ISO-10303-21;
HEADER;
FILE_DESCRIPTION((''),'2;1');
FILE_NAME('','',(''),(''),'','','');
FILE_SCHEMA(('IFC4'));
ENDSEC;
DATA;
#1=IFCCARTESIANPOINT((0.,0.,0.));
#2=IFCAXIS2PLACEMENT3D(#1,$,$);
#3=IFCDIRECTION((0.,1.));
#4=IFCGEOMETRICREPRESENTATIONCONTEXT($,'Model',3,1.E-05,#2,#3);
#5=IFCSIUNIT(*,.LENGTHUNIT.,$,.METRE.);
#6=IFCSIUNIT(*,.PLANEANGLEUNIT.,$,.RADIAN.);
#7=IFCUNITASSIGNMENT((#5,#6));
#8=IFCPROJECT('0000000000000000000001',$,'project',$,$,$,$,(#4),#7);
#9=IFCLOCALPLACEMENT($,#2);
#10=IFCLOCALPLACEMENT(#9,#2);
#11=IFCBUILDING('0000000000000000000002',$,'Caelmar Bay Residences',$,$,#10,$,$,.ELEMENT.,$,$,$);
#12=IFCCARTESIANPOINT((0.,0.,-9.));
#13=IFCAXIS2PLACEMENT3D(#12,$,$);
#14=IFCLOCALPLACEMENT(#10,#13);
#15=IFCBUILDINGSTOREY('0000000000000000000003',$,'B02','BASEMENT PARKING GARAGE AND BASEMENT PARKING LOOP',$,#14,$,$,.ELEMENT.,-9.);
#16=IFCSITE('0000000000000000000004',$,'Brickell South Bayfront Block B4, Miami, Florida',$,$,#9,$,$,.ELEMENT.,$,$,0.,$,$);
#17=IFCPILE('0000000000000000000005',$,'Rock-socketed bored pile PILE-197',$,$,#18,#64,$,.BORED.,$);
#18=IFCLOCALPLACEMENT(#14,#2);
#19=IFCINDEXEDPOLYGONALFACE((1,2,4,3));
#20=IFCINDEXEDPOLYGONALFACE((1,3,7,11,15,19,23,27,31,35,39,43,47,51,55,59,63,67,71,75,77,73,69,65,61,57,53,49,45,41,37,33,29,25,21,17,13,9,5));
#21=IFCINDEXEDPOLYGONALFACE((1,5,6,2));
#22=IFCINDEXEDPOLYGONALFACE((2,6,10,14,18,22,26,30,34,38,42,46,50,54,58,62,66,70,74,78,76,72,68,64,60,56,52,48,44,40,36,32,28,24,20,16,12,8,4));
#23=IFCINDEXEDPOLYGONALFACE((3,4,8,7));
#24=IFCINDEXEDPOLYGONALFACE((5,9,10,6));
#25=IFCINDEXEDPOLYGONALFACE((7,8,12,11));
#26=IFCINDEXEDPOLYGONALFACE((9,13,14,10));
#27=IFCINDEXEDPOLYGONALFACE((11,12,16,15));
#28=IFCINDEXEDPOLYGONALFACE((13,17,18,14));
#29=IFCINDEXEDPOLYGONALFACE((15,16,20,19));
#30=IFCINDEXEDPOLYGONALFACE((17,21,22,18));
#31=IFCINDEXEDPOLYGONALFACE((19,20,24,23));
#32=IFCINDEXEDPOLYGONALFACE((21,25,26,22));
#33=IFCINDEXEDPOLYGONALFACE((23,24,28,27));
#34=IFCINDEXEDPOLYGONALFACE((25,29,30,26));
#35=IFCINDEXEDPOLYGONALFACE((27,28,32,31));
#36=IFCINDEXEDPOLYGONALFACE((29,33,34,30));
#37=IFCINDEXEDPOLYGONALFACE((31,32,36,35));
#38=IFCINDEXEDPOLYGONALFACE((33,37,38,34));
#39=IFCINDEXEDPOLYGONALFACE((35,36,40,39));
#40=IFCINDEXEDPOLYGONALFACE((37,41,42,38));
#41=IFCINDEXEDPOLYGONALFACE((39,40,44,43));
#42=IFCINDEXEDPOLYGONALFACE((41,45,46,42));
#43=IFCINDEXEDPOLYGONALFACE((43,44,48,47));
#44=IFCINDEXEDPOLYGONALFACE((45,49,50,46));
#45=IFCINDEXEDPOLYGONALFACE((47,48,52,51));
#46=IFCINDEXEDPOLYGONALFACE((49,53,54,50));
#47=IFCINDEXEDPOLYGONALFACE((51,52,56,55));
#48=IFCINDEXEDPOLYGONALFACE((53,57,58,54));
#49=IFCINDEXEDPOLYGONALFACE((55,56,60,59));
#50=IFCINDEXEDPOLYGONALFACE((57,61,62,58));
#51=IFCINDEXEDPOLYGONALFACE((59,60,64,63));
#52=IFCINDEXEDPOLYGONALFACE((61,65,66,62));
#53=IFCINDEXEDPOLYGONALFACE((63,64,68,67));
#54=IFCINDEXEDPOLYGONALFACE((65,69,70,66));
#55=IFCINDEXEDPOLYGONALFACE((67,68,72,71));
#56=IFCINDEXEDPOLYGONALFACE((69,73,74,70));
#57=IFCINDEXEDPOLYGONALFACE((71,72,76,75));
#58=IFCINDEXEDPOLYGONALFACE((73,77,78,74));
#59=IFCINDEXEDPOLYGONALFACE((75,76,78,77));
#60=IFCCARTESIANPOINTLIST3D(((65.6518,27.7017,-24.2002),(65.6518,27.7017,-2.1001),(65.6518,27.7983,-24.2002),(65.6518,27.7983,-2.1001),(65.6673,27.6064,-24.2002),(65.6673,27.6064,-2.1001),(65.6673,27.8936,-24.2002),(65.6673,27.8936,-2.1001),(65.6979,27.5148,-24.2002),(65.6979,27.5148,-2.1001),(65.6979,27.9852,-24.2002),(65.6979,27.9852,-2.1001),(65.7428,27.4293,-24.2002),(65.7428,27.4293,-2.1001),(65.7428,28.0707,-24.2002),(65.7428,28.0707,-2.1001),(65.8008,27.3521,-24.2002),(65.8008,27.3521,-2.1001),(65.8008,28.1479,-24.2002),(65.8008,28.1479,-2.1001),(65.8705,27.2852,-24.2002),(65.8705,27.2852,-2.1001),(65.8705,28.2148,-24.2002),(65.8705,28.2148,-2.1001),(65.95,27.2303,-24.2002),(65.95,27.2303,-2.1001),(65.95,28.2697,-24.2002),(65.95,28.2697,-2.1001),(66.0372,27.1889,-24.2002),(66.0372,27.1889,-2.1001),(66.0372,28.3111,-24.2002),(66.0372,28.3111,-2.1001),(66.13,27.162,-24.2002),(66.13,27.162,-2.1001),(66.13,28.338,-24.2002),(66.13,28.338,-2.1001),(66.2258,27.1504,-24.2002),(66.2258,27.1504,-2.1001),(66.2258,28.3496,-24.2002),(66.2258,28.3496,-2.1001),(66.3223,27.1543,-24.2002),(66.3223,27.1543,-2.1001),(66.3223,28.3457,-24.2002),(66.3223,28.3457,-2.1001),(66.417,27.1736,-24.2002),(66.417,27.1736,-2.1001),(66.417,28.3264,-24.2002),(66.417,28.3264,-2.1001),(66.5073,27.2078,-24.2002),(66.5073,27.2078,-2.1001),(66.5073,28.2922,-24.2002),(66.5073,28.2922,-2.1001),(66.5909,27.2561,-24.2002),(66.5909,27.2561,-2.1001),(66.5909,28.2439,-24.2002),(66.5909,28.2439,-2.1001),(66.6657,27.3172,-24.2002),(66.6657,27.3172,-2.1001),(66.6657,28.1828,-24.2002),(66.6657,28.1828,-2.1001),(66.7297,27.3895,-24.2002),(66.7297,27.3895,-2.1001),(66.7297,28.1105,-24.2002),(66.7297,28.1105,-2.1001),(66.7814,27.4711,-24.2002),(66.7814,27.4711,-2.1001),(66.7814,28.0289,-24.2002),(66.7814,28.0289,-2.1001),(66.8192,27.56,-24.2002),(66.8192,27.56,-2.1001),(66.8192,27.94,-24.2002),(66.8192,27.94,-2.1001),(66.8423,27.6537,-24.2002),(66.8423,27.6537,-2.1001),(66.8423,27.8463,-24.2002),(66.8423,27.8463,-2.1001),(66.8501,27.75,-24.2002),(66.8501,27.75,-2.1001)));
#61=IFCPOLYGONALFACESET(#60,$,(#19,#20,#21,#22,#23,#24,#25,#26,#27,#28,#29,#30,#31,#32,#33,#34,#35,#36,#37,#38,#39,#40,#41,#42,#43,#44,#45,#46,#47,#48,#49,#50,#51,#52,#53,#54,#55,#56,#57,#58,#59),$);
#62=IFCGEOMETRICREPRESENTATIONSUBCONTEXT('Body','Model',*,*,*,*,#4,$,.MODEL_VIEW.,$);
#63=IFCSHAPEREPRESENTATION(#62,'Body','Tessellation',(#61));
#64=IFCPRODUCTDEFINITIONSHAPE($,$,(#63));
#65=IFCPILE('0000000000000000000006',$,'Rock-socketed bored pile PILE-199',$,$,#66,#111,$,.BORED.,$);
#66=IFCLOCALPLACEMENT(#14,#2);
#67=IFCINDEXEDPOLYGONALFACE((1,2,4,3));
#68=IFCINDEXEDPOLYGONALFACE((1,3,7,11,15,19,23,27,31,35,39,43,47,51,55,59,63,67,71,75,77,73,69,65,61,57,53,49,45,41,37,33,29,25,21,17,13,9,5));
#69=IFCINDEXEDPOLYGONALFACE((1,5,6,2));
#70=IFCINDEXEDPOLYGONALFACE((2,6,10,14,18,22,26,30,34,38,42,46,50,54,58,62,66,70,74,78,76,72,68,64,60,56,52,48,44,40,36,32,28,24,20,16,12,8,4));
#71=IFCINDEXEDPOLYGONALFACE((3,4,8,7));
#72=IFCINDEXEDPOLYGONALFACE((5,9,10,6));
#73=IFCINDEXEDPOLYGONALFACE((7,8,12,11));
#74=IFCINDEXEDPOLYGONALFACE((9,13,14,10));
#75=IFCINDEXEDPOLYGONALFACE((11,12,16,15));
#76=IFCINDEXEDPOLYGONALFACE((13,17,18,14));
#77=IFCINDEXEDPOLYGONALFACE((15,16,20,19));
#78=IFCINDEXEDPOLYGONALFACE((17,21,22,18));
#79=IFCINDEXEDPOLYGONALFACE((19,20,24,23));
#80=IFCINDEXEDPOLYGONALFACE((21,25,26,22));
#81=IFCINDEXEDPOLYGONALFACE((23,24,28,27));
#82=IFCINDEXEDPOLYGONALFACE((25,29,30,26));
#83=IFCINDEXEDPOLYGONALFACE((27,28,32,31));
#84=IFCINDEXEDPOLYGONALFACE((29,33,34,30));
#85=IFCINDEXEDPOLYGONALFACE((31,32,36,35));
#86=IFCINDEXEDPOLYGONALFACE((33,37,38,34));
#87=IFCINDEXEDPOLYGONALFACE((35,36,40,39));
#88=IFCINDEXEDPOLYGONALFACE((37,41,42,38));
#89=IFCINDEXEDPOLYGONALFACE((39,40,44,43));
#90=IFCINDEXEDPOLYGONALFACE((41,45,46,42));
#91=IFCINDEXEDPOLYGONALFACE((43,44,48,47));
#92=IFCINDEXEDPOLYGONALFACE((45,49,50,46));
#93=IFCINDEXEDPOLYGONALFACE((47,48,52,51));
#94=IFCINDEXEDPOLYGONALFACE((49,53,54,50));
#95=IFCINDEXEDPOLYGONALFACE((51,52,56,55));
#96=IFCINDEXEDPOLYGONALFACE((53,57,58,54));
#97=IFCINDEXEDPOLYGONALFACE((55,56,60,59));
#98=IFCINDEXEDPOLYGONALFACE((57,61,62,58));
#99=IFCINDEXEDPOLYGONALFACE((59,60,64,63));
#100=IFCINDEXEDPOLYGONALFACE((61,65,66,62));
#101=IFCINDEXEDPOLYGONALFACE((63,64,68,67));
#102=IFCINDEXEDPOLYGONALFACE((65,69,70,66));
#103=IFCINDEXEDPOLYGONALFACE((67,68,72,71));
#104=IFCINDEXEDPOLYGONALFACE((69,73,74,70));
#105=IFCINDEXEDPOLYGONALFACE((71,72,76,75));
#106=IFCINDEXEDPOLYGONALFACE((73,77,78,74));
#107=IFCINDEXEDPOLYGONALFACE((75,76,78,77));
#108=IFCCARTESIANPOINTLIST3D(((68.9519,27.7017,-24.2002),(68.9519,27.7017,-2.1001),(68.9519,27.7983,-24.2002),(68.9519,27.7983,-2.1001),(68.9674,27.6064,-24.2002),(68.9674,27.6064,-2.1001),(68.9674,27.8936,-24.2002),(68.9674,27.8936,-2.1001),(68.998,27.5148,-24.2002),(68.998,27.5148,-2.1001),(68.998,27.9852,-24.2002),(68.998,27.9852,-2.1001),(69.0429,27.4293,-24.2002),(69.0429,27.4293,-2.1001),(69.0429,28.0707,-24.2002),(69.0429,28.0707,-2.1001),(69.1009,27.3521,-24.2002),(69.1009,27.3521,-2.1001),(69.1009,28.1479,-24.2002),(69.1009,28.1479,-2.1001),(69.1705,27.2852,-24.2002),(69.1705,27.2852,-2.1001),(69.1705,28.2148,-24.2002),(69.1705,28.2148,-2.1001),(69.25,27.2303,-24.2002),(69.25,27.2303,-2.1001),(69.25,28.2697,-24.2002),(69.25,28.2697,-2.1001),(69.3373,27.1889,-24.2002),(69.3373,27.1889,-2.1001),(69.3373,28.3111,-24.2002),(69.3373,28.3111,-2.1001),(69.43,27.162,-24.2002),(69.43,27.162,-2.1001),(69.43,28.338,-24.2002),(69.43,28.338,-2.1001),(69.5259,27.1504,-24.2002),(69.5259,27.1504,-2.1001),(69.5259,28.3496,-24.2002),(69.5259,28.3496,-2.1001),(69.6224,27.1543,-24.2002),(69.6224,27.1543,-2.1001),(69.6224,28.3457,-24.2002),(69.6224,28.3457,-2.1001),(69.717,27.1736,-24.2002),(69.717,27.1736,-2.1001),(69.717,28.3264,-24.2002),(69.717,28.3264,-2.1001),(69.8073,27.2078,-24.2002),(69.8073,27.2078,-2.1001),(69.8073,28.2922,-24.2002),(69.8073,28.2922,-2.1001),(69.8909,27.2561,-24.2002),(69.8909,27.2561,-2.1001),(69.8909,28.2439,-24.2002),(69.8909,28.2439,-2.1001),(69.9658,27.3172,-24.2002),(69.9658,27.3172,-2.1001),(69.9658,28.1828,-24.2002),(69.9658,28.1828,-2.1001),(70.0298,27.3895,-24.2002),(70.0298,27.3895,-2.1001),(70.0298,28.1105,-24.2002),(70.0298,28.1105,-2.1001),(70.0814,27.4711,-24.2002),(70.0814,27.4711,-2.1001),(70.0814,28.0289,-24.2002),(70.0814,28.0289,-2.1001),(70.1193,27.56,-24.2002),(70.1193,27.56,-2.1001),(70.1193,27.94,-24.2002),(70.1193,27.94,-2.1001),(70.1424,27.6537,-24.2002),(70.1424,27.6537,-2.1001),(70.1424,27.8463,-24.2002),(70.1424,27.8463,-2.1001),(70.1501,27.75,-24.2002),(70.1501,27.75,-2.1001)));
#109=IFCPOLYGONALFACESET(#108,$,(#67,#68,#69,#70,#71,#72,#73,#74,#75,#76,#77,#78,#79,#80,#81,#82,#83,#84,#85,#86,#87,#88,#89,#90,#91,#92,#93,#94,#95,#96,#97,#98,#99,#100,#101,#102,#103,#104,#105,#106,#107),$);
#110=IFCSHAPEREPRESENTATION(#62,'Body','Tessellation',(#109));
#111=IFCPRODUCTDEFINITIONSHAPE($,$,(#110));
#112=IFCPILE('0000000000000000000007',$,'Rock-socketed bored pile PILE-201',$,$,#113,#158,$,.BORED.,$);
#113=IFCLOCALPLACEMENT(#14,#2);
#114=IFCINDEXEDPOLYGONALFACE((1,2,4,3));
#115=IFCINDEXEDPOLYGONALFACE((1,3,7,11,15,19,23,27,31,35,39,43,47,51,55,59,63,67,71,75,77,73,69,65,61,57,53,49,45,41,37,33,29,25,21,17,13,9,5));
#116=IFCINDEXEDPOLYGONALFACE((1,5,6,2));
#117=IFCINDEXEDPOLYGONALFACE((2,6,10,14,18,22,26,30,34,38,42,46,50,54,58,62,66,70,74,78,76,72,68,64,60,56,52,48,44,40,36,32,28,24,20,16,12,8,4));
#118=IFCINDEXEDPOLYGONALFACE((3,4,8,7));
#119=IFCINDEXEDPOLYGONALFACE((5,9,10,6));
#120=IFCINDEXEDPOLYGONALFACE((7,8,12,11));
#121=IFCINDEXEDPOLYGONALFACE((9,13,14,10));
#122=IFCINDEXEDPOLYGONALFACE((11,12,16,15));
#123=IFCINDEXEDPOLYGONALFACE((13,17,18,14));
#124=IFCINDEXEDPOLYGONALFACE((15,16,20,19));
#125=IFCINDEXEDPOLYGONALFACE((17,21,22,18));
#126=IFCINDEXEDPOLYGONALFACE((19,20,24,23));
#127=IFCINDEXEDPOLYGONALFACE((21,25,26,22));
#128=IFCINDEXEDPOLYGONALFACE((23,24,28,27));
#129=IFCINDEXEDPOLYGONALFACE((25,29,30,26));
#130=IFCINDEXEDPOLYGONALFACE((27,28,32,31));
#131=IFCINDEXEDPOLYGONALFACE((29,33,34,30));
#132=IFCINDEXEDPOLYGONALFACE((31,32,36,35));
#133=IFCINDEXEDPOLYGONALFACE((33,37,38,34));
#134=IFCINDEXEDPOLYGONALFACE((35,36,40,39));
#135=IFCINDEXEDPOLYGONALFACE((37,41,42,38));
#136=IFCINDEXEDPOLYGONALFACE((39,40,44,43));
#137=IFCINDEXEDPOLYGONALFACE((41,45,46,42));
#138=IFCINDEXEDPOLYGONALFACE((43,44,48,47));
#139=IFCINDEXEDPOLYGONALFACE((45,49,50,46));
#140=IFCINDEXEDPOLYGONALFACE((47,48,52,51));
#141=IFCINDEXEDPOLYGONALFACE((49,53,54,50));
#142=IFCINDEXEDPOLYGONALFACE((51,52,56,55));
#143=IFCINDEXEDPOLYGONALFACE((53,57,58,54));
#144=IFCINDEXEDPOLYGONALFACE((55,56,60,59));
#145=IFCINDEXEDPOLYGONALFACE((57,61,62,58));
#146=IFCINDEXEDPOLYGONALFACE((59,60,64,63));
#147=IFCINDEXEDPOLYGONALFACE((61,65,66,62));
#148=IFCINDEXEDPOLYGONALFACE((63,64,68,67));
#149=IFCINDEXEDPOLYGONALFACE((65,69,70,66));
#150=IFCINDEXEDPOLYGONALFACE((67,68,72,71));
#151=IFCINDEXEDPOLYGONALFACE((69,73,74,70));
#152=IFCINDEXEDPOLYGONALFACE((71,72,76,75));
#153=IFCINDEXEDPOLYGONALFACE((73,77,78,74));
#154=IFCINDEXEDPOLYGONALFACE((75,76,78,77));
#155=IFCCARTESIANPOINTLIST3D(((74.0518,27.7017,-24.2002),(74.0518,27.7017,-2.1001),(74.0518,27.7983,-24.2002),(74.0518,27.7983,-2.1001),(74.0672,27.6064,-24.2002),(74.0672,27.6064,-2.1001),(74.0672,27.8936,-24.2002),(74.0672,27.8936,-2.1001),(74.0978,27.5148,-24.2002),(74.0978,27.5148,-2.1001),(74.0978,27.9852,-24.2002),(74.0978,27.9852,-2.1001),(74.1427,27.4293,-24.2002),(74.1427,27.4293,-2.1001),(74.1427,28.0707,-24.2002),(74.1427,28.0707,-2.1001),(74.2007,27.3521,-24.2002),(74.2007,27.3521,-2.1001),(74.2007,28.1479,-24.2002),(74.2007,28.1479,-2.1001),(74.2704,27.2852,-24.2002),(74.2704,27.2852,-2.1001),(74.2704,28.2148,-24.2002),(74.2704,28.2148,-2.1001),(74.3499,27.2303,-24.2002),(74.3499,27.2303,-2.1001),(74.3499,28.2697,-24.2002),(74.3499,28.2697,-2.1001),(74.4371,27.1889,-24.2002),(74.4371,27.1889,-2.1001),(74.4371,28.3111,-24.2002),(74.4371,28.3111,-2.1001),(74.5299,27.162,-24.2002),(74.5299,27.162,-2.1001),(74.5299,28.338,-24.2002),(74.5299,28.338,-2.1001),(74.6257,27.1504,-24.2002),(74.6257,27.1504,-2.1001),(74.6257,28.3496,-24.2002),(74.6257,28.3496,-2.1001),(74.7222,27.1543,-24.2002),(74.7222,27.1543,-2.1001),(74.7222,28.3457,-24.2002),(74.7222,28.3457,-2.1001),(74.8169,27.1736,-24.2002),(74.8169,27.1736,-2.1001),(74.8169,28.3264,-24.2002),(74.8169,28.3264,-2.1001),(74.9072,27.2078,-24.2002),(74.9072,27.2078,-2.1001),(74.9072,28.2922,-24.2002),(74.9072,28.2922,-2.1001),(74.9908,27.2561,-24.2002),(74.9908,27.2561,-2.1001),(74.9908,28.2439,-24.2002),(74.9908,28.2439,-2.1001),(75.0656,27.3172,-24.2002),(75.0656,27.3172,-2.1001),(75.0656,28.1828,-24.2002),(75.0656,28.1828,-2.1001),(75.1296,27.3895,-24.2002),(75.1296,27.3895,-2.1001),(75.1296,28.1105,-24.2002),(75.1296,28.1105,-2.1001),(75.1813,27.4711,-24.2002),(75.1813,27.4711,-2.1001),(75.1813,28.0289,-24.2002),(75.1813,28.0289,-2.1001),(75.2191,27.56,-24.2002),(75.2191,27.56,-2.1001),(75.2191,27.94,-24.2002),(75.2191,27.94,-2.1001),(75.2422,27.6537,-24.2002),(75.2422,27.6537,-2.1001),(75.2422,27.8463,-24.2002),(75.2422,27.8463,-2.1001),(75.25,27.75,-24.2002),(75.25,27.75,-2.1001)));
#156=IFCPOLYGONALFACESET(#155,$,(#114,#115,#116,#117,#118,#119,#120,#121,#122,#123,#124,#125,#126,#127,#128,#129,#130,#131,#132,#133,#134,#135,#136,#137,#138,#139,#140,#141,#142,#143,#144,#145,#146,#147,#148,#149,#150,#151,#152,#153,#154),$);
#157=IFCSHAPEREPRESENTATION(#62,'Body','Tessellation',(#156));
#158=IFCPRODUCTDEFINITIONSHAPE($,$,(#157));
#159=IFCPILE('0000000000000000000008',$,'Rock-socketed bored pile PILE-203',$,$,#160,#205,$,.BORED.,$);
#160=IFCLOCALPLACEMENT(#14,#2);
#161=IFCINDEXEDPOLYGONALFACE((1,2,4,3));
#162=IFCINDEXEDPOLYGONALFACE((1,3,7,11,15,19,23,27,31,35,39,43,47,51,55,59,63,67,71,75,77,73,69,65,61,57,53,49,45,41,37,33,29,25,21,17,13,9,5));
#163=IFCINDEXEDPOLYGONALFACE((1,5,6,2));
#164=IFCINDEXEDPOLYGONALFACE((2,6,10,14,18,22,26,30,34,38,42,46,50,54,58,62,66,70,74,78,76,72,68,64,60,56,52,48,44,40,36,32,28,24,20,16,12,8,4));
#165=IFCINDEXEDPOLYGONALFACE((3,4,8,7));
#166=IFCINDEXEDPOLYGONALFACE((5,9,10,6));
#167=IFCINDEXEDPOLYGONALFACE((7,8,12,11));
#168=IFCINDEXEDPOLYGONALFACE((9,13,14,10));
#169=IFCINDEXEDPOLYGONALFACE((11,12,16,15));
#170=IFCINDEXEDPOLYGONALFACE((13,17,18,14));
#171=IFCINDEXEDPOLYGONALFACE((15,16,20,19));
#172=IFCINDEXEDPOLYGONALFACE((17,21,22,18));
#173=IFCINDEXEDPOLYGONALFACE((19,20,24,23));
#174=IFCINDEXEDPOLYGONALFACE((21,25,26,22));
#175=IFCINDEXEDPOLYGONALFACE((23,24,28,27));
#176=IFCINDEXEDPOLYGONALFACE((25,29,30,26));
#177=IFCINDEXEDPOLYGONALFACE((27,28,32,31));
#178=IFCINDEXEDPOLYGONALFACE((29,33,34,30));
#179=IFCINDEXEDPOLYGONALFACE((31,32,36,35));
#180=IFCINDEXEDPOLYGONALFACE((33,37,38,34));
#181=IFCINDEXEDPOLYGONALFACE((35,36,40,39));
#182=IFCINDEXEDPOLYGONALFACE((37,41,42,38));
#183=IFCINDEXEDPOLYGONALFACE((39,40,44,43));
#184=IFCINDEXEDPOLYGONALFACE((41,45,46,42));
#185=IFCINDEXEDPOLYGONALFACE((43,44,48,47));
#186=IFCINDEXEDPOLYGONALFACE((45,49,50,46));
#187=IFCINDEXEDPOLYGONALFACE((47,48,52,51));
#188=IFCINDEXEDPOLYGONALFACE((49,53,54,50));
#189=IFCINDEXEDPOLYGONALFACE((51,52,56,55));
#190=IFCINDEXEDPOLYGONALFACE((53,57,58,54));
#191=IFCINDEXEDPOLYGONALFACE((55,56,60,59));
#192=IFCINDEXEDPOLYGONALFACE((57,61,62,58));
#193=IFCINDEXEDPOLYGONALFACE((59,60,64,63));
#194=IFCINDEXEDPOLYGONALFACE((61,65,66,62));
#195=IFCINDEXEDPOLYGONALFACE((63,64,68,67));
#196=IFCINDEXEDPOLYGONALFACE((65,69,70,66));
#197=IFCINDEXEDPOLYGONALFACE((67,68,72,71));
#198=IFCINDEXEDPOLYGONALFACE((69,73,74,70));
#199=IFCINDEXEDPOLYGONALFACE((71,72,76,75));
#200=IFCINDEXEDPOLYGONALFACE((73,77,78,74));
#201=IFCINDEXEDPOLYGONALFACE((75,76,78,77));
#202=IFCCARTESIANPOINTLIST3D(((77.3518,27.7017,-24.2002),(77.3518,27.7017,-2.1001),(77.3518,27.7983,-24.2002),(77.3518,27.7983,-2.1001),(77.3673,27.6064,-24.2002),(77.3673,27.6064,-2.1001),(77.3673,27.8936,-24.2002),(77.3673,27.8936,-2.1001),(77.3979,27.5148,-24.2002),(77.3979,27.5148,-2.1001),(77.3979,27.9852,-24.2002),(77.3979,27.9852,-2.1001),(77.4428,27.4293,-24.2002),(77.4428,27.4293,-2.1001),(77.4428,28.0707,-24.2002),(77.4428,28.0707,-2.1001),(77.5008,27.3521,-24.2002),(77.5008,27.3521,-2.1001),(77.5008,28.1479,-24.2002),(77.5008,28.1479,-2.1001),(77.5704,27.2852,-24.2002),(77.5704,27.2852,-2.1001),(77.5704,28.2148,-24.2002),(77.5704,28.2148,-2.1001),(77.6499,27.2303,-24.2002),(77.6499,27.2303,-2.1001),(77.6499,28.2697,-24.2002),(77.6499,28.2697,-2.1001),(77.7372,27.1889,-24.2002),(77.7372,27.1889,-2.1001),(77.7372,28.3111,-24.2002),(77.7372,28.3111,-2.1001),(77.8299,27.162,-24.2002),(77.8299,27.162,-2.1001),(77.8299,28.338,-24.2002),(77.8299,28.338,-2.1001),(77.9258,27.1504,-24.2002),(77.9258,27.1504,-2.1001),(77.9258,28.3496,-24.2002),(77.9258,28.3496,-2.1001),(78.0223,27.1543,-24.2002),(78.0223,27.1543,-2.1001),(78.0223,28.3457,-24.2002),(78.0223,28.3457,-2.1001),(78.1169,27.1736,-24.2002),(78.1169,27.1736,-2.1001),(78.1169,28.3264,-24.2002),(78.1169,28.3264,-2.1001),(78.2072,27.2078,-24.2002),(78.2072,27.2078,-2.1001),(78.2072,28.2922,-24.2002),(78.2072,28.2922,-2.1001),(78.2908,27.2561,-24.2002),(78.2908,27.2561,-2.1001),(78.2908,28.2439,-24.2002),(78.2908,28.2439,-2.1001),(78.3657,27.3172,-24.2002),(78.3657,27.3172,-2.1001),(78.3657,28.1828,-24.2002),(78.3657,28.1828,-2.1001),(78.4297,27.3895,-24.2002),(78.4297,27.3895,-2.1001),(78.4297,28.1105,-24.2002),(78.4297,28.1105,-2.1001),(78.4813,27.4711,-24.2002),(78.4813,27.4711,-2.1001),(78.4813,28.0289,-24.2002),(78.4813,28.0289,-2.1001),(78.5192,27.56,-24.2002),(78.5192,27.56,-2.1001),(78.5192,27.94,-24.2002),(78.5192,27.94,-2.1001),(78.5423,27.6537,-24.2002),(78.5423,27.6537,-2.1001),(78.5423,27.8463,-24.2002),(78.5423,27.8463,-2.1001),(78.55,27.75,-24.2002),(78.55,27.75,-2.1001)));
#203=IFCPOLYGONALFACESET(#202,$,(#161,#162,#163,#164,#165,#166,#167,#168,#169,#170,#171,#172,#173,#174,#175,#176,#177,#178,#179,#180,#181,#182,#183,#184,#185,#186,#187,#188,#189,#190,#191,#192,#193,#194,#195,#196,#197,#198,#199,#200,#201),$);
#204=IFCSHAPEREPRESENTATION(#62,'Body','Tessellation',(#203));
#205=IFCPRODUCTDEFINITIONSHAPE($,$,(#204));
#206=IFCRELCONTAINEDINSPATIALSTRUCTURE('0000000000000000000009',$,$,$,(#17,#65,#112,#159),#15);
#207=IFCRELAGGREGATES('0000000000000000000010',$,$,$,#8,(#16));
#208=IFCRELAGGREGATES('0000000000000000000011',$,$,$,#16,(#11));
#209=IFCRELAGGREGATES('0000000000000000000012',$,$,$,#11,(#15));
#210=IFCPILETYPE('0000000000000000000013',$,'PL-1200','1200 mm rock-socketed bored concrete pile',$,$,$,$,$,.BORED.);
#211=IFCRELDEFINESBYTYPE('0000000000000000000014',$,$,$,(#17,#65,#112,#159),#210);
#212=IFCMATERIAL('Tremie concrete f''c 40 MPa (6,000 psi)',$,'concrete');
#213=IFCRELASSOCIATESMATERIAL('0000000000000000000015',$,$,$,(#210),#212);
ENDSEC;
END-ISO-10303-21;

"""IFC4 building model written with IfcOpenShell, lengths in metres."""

from ifc_helpers import new_model, si_unit, direction, frame, origin, origin_2d, place, context, subcontext, project, spatial, circle, extrude, material, material_profile, profile_set, type_object, element, save


model = new_model("IFC4")

# Units and contexts
model_context = context("Model", 3, precision=1e-05, world=origin(), true_north=direction((0.0, 1.0)))
body_context = subcontext(model_context, "Body", "Model", "MODEL_VIEW")
ifc_project = project(units=[si_unit("LENGTHUNIT", "METRE"), si_unit("PLANEANGLEUNIT", "RADIAN")], contexts=[model_context])

# Site, building, storey
site_placement = place(None, origin())
site = spatial("IfcSite", under=ifc_project, at=site_placement, Name="Brickell South Bayfront Block B4, Miami, Florida", CompositionType="ELEMENT", RefElevation=0.0)
building_placement = place(site_placement, origin())
building = spatial("IfcBuilding", under=site, at=building_placement, Name="Caelmar Bay Residences", CompositionType="ELEMENT")
storey_placement = place(building_placement, frame((0.0, 0.0, -9.0)))
storey = spatial("IfcBuildingStorey", under=building, at=storey_placement, Name="B02", Description="BASEMENT PARKING GARAGE AND BASEMENT PARKING LOOP", CompositionType="ELEMENT", Elevation=-9.0)

# Piles
ifc_material_1 = material(Name="Tremie concrete f'c 40 MPa (6,000 psi)", Category="concrete")
ifc_material_profile_1 = material_profile(ifc_material_1, circle(Radius=0.6001, at=origin_2d()), Name="PILE-1200D")
ifc_profile_set_1 = profile_set([ifc_material_profile_1], Name="Tremie concrete f'c 40 MPa (6,000 psi)")
pile_type = type_object("IfcPileType", Name="PL-1200", Description="1200 mm rock-socketed bored concrete pile", PredefinedType="BORED", material=ifc_profile_set_1)
for number, where, z_axis, x_axis, name in (
    (1, (66.25, 27.75, -2.1001), (0.0, 0.0, -1.0), (1.0, 0.0, 0.0), "Rock-socketed bored pile PILE-197"),
    (2, (69.55, 27.75, -2.1001), (0.0, 0.0, -1.0), (1.0, 0.0, 0.0), "Rock-socketed bored pile PILE-199"),
    (3, (74.6499, 27.75, -2.1001), (0.0, 0.0, -1.0), (1.0, 0.0, 0.0), "Rock-socketed bored pile PILE-201"),
    (4, (77.95, 27.75, -2.1001), (0.0, 0.0, -1.0), (1.0, 0.0, 0.0), "Rock-socketed bored pile PILE-203"),
):
    element("IfcPile", number, at=place(storey_placement, frame(where, z_axis=z_axis, x_axis=x_axis)), inside=storey, type_object=pile_type, Name=name, PredefinedType="BORED", context=body_context, shape_type="SweptSolid", body=[
        extrude(circle(Radius=0.6001, at=origin_2d()), origin(), (0.0, 0.0, 1.0), 22.1001),
    ])

save(model, "model.ifc")
